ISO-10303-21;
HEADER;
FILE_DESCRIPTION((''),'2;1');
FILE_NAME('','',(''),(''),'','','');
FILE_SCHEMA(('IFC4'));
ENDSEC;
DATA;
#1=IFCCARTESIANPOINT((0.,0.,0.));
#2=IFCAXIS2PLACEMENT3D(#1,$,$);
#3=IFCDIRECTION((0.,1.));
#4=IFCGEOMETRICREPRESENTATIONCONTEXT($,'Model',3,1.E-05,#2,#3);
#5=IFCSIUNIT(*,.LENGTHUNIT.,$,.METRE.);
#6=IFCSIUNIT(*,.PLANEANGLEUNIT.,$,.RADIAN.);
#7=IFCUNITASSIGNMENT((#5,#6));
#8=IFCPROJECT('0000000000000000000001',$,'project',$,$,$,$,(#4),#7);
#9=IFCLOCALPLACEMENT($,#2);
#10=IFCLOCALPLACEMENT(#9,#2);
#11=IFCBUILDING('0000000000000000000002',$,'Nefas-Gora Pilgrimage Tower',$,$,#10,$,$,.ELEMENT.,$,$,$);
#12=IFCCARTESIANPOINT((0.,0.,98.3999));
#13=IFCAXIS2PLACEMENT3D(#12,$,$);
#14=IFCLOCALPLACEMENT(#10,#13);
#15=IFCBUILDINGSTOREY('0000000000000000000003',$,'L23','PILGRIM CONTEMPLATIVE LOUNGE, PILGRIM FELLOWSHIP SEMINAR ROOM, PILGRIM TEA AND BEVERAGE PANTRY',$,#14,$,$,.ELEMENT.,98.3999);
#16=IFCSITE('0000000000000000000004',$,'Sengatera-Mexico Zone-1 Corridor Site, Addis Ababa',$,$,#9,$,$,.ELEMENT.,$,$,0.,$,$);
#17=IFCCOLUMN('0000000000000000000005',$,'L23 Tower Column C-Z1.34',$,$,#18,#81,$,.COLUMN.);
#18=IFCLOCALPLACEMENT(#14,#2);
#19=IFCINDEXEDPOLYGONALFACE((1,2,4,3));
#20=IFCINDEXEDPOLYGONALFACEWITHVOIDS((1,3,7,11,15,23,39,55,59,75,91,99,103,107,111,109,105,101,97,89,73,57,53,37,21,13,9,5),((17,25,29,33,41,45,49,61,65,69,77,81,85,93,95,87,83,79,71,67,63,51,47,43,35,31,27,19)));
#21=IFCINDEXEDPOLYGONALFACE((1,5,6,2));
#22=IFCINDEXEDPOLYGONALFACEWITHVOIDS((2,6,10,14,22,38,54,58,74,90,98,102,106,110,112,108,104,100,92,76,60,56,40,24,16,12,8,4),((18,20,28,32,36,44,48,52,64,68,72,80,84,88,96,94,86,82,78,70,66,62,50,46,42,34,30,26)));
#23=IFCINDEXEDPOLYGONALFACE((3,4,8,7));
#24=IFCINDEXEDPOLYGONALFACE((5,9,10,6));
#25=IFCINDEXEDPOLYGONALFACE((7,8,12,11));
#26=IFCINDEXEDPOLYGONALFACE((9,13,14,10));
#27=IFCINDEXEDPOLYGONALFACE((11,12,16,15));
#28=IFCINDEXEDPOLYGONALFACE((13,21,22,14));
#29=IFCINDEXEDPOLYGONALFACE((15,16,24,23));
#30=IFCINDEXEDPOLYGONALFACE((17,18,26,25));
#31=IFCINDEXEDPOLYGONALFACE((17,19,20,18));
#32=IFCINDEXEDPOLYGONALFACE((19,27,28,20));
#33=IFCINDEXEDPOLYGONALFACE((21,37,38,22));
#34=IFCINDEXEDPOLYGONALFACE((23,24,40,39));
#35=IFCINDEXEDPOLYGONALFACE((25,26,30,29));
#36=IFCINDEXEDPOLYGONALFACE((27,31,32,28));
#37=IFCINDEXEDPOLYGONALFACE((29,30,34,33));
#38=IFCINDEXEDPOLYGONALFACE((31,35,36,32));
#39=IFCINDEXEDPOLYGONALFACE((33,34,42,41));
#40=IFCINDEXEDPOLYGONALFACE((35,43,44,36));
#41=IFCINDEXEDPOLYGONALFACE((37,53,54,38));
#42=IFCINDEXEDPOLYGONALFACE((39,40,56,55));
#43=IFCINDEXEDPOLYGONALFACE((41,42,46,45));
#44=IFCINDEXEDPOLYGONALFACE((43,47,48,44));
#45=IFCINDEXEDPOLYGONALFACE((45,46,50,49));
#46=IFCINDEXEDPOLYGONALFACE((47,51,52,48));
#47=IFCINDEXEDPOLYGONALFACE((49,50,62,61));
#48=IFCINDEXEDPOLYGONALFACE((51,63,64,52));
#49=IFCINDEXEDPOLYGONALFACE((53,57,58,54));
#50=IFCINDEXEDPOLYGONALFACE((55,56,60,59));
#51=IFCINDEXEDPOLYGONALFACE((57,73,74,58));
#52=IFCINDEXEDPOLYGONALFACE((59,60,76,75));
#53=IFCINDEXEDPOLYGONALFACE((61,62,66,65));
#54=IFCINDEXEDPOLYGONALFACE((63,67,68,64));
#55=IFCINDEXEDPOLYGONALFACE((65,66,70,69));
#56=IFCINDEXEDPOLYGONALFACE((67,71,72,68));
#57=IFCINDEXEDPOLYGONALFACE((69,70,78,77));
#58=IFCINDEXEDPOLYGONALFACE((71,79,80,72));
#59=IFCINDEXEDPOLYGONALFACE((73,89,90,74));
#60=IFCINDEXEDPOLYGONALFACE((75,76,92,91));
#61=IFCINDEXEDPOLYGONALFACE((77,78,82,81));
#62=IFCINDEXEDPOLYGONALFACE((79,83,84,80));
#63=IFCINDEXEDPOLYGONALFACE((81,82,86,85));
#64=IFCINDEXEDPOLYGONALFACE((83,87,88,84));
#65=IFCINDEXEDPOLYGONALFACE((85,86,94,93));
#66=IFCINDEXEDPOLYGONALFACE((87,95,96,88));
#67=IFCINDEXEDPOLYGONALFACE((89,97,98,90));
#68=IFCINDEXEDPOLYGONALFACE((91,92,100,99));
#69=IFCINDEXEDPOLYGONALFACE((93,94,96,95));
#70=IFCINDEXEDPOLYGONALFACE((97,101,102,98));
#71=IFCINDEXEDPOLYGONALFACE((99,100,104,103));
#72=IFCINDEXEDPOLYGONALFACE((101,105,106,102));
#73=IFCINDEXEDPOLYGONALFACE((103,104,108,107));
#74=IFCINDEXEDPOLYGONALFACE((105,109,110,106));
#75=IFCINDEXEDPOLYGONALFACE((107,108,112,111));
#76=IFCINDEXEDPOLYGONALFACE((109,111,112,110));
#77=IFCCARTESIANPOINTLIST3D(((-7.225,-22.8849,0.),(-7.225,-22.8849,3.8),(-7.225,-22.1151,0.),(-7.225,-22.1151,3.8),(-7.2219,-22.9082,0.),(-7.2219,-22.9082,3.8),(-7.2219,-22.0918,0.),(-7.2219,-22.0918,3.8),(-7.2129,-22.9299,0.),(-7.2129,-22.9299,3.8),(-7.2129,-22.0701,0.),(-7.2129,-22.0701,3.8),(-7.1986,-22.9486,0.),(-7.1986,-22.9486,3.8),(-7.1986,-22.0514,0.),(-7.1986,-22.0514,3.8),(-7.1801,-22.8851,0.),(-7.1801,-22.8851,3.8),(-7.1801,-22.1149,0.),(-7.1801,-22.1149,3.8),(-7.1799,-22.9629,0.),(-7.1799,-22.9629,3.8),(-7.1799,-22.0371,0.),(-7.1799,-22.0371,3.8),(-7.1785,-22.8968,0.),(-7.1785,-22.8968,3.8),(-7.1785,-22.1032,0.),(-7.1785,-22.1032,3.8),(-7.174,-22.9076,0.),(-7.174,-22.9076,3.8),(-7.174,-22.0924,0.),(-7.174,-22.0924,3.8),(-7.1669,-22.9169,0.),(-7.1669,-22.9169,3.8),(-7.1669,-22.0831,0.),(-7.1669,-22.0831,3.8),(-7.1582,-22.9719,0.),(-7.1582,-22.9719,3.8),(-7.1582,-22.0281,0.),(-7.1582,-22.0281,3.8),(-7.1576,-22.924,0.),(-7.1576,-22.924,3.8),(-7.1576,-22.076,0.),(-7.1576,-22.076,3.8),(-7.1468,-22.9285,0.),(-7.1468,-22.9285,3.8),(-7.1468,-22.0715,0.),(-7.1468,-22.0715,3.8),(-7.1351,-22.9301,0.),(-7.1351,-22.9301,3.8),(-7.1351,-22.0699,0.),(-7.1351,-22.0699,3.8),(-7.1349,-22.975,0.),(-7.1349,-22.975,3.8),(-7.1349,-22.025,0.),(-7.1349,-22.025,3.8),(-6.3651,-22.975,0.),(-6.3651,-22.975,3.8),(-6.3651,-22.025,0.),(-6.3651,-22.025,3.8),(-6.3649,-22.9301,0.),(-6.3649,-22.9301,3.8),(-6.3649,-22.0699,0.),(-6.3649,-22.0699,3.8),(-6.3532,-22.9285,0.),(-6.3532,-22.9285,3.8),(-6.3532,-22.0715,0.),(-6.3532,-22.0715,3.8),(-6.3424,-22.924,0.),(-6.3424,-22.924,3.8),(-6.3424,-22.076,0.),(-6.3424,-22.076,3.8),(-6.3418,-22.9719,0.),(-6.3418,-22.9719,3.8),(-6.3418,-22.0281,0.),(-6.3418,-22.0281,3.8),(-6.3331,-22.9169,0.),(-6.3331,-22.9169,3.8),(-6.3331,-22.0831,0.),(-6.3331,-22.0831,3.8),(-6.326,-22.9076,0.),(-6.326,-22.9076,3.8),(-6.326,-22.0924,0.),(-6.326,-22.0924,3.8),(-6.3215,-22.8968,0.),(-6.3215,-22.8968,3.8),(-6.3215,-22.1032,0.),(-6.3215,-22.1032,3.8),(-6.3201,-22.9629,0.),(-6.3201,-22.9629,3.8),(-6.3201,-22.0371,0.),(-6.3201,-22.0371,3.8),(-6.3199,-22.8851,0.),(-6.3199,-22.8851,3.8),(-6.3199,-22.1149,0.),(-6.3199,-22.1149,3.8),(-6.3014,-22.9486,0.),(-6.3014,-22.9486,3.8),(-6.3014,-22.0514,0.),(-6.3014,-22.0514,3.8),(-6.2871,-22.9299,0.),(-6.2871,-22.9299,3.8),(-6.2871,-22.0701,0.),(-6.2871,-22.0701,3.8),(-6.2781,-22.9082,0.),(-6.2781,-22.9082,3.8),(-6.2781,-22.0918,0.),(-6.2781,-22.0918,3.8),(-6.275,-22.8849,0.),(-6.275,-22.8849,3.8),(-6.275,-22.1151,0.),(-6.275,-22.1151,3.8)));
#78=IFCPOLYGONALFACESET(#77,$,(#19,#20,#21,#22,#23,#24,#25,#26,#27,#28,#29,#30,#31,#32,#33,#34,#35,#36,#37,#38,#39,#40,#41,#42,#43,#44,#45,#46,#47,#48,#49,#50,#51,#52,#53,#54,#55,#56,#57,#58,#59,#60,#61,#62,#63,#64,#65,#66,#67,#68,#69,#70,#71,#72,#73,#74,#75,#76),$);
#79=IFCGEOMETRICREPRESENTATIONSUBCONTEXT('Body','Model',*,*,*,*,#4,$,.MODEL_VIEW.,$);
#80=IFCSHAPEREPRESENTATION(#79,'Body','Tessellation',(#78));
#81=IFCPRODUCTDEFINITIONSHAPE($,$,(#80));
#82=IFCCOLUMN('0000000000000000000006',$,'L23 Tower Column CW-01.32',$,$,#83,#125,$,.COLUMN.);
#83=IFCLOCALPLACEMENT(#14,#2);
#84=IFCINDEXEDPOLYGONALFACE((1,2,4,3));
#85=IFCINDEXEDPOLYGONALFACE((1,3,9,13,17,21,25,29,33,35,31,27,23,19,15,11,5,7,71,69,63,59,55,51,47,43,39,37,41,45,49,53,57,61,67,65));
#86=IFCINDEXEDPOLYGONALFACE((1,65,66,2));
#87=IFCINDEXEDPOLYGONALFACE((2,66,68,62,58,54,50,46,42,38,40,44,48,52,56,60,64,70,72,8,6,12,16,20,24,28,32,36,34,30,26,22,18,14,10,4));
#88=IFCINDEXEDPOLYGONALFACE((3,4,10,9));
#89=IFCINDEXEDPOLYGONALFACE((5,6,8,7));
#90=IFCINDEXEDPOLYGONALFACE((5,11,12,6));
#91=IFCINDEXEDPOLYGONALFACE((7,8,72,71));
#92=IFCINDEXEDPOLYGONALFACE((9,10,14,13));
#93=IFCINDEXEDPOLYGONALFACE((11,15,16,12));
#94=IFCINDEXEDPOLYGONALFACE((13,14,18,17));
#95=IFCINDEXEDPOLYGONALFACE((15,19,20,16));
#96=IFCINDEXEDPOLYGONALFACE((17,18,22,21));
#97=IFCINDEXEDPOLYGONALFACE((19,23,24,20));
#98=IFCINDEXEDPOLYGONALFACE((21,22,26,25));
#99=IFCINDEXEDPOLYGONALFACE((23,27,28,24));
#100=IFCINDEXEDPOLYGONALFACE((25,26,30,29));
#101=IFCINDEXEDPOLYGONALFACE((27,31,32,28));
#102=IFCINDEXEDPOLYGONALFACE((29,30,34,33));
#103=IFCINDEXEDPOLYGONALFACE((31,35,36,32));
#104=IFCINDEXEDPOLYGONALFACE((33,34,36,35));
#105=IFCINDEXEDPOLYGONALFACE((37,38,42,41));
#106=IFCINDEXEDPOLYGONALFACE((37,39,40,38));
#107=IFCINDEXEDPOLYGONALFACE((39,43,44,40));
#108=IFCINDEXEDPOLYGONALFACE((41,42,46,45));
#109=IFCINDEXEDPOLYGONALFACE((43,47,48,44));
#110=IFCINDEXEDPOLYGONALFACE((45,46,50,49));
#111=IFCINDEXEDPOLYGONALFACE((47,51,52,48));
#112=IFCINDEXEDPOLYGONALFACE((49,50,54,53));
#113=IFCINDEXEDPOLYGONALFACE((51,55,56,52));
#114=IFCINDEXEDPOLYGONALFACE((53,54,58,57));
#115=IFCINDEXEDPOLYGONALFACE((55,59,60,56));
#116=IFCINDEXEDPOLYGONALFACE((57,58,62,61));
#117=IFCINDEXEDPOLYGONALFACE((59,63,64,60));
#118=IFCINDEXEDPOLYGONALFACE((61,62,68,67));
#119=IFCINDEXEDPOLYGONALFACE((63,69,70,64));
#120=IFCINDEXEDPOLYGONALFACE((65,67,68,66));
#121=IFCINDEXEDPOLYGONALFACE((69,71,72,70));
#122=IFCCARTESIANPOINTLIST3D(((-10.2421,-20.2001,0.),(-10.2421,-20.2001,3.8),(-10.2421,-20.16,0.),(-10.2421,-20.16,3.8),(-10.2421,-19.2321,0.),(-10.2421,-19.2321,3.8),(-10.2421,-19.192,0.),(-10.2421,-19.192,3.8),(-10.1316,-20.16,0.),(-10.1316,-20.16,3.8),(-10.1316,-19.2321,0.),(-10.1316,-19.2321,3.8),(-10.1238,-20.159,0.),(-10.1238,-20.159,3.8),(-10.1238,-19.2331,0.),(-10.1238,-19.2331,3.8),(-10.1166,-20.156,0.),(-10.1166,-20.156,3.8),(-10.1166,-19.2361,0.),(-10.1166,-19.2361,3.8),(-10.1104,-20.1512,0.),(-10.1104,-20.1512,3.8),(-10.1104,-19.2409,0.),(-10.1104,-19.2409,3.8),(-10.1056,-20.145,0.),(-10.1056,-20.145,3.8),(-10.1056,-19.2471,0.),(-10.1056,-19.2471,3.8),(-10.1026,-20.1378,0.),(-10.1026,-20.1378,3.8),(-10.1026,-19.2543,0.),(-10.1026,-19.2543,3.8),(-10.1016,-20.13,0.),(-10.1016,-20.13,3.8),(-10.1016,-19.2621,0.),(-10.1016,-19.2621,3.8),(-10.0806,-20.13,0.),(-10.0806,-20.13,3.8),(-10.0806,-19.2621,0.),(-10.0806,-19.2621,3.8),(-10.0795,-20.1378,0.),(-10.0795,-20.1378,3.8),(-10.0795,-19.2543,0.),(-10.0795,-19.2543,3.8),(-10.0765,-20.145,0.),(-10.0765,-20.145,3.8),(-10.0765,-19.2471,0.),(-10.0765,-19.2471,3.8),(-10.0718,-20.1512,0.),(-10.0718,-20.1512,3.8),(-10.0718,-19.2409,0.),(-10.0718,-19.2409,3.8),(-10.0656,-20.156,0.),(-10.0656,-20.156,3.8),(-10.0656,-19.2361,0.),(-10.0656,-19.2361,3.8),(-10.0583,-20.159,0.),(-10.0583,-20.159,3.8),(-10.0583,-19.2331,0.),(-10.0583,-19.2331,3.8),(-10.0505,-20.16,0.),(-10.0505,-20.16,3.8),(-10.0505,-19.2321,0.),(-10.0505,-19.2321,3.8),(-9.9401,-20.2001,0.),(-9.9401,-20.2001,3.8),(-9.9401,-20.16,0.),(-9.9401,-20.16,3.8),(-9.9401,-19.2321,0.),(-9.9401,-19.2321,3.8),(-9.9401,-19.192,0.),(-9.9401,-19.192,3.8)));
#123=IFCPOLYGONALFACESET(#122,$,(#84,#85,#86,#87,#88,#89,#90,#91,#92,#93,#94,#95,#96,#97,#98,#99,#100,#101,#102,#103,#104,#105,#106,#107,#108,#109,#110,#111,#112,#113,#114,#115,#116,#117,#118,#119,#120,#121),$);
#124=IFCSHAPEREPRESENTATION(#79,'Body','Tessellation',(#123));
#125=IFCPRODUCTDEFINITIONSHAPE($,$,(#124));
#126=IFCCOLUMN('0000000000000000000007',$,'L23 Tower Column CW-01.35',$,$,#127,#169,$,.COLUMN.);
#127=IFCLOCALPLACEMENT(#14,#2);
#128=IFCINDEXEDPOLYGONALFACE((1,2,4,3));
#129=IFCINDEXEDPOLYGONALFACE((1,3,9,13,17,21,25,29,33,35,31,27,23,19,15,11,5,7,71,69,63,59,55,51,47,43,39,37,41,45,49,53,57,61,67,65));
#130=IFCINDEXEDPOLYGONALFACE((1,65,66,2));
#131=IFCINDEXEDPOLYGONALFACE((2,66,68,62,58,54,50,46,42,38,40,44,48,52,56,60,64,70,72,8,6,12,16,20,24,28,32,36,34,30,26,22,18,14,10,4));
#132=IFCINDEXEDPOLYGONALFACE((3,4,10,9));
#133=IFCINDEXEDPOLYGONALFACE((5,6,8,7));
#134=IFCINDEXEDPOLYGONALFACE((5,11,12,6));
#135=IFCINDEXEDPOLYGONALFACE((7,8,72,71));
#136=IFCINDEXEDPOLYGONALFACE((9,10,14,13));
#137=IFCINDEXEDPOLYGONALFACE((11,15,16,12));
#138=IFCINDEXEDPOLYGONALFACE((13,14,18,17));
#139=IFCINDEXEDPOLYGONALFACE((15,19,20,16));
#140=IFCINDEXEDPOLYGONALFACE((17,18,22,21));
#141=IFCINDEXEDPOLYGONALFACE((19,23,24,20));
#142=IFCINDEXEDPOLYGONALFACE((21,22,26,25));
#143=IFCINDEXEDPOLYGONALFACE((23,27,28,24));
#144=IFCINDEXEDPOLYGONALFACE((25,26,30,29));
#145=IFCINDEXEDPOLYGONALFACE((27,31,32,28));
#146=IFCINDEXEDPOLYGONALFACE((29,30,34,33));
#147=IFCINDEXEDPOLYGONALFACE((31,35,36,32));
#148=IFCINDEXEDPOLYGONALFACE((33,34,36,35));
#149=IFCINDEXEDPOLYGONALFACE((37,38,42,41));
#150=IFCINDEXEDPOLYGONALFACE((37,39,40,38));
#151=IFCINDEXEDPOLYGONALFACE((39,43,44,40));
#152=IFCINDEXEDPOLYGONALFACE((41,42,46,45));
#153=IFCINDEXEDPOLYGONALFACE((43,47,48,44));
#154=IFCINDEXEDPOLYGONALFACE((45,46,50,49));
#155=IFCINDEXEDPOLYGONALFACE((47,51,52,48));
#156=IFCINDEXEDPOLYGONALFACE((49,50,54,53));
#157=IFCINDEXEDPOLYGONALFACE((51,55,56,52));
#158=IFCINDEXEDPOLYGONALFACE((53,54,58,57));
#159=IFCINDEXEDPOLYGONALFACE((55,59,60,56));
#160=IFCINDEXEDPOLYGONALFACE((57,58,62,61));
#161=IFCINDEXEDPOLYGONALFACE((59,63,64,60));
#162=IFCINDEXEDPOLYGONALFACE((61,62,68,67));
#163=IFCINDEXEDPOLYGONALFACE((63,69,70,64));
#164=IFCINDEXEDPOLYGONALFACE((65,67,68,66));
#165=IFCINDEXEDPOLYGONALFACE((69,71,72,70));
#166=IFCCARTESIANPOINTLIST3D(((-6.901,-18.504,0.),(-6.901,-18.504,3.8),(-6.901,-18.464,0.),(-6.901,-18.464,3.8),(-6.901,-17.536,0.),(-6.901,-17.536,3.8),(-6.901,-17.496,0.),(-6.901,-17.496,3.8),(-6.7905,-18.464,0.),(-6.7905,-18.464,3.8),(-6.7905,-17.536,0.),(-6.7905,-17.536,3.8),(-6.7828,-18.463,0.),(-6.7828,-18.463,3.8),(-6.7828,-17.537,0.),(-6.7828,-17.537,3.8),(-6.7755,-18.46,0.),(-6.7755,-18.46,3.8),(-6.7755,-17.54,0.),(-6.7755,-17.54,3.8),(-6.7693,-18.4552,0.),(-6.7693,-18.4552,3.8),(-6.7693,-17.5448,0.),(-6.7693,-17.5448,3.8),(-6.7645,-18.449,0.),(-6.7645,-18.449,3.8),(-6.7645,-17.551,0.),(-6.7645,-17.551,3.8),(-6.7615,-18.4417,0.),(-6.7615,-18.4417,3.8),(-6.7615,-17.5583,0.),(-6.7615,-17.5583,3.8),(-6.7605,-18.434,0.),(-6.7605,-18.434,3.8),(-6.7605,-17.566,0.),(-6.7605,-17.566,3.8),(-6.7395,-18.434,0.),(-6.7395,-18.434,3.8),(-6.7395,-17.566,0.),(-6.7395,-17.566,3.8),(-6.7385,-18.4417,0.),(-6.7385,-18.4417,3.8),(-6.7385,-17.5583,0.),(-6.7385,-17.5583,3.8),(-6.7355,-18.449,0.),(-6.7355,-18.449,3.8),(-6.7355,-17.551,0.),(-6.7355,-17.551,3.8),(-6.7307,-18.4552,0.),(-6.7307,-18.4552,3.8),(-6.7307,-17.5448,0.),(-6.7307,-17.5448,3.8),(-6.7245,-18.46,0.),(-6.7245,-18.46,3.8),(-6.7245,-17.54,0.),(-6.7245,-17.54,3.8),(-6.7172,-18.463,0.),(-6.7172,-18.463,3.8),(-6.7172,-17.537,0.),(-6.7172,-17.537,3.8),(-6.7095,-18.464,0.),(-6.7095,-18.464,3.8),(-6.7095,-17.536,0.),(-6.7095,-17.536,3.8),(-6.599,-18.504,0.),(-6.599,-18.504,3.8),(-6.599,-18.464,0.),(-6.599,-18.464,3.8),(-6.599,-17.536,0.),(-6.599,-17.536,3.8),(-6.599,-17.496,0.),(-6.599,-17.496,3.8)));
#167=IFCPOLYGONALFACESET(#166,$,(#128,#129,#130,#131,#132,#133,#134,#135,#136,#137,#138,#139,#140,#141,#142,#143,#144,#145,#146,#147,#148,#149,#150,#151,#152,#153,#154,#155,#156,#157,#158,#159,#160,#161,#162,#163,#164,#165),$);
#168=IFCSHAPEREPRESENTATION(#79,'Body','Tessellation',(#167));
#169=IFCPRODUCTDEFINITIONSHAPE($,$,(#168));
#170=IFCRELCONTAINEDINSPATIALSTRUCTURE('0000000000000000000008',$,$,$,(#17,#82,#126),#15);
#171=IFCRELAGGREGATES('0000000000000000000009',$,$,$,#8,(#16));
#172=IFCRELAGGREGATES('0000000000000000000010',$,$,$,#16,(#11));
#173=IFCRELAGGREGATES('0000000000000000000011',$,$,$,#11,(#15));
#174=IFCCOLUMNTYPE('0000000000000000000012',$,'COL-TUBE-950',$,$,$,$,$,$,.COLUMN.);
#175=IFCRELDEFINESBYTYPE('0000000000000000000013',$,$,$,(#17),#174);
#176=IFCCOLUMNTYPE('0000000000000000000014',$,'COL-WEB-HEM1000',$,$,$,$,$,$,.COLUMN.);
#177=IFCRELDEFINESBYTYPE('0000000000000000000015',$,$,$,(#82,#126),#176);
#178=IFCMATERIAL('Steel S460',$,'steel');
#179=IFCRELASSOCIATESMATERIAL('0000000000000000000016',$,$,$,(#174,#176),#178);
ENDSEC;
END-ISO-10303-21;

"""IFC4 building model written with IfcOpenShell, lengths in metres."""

from ifc_helpers import new_model, si_unit, direction, frame, origin, origin_2d, place, context, subcontext, project, spatial, hollow_rectangle, i_section, extrude, source, transform, mapped, material, material_profile, profile_set, type_object, element, save


model = new_model("IFC4")

# Units and contexts
model_context = context("Model", 3, precision=1e-05, world=origin(), true_north=direction((0.0, 1.0)))
body_context = subcontext(model_context, "Body", "Model", "MODEL_VIEW")
ifc_project = project(units=[si_unit("LENGTHUNIT", "METRE"), si_unit("PLANEANGLEUNIT", "RADIAN")], contexts=[model_context])

# Site, building, storey
site_placement = place(None, origin())
site = spatial("IfcSite", under=ifc_project, at=site_placement, Name="Sengatera-Mexico Zone-1 Corridor Site, Addis Ababa", CompositionType="ELEMENT", RefElevation=0.0)
building_placement = place(site_placement, origin())
building = spatial("IfcBuilding", under=site, at=building_placement, Name="Nefas-Gora Pilgrimage Tower", CompositionType="ELEMENT")
storey_placement = place(building_placement, frame((0.0, 0.0, 98.3999)))
storey = spatial("IfcBuildingStorey", under=building, at=storey_placement, Name="L23", Description="PILGRIM CONTEMPLATIVE LOUNGE, PILGRIM FELLOWSHIP SEMINAR ROOM, PILGRIM TEA AND BEVERAGE PANTRY", CompositionType="ELEMENT", Elevation=98.3999)

# Columns
ifc_material_1 = material(Name="Steel S460", Category="steel")
ifc_material_profile_1 = material_profile(ifc_material_1, hollow_rectangle(XDim=0.95, YDim=0.95, WallThickness=0.0449, InnerFilletRadius=0.0449, OuterFilletRadius=0.0901, at=origin_2d()), Name="BOX 950x950x45")
ifc_profile_set_1 = profile_set([ifc_material_profile_1], Name="Steel S460")
column_type_1 = type_object("IfcColumnType", Name="COL-TUBE-950", PredefinedType="COLUMN", material=ifc_profile_set_1)
shared_shape_1 = source(origin(), body_context, "Body", "SweptSolid", [
    extrude(hollow_rectangle(XDim=0.95, YDim=0.95, WallThickness=0.0449, InnerFilletRadius=0.0449, OuterFilletRadius=0.0901, at=origin_2d()), origin(), (0.0, 0.0, 1.0), 3.8),
])
column_placement = place(storey_placement, frame((-6.75, -22.5, 0.0), z_axis=(0.0, 0.0, 1.0), x_axis=(1.0, 0.0, 0.0)))
element("IfcColumn", 1, at=column_placement, inside=storey, type_object=column_type_1, Name="L23 Tower Column C-Z1.34", PredefinedType="COLUMN", context=body_context, shape_type="MappedRepresentation", body=[
    mapped(shared_shape_1, transform((0.0, 0.0, 0.0), x_axis=(1.0, 0.0, 0.0), y_axis=(0.0, 1.0, 0.0), z_axis=(0.0, 0.0, 1.0), scale=1.0)),
])
ifc_material_profile_2 = material_profile(ifc_material_1, i_section(OverallWidth=0.302, OverallDepth=1.0081, WebThickness=0.021, FlangeThickness=0.04, FilletRadius=0.03, at=origin_2d()), Name="HEM 1000")
ifc_profile_set_2 = profile_set([ifc_material_profile_2], Name="Steel S460")
column_type_2 = type_object("IfcColumnType", Name="COL-WEB-HEM1000", PredefinedType="COLUMN", material=ifc_profile_set_2)
shared_shape_2 = source(origin(), body_context, "Body", "SweptSolid", [
    extrude(i_section(OverallWidth=0.302, OverallDepth=1.0081, WebThickness=0.021, FlangeThickness=0.04, FilletRadius=0.03, at=origin_2d()), origin(), (0.0, 0.0, 1.0), 3.8),
])
for number, where, z_axis, x_axis, name in (
    (2, (-10.0911, -19.696, 0.0), (0.0, 0.0, 1.0), (1.0, 0.0, 0.0), "L23 Tower Column CW-01.32"),
    (3, (-6.75, -18.0, 0.0), (0.0, 0.0, 1.0), (1.0, 0.0, 0.0), "L23 Tower Column CW-01.35"),
):
    element("IfcColumn", number, at=place(storey_placement, frame(where, z_axis=z_axis, x_axis=x_axis)), inside=storey, type_object=column_type_2, Name=name, PredefinedType="COLUMN", context=body_context, shape_type="MappedRepresentation", body=[
        mapped(shared_shape_2, transform((0.0, 0.0, 0.0), x_axis=(1.0, 0.0, 0.0), y_axis=(0.0, 1.0, 0.0), z_axis=(0.0, 0.0, 1.0), scale=1.0)),
    ])

save(model, "model.ifc")
